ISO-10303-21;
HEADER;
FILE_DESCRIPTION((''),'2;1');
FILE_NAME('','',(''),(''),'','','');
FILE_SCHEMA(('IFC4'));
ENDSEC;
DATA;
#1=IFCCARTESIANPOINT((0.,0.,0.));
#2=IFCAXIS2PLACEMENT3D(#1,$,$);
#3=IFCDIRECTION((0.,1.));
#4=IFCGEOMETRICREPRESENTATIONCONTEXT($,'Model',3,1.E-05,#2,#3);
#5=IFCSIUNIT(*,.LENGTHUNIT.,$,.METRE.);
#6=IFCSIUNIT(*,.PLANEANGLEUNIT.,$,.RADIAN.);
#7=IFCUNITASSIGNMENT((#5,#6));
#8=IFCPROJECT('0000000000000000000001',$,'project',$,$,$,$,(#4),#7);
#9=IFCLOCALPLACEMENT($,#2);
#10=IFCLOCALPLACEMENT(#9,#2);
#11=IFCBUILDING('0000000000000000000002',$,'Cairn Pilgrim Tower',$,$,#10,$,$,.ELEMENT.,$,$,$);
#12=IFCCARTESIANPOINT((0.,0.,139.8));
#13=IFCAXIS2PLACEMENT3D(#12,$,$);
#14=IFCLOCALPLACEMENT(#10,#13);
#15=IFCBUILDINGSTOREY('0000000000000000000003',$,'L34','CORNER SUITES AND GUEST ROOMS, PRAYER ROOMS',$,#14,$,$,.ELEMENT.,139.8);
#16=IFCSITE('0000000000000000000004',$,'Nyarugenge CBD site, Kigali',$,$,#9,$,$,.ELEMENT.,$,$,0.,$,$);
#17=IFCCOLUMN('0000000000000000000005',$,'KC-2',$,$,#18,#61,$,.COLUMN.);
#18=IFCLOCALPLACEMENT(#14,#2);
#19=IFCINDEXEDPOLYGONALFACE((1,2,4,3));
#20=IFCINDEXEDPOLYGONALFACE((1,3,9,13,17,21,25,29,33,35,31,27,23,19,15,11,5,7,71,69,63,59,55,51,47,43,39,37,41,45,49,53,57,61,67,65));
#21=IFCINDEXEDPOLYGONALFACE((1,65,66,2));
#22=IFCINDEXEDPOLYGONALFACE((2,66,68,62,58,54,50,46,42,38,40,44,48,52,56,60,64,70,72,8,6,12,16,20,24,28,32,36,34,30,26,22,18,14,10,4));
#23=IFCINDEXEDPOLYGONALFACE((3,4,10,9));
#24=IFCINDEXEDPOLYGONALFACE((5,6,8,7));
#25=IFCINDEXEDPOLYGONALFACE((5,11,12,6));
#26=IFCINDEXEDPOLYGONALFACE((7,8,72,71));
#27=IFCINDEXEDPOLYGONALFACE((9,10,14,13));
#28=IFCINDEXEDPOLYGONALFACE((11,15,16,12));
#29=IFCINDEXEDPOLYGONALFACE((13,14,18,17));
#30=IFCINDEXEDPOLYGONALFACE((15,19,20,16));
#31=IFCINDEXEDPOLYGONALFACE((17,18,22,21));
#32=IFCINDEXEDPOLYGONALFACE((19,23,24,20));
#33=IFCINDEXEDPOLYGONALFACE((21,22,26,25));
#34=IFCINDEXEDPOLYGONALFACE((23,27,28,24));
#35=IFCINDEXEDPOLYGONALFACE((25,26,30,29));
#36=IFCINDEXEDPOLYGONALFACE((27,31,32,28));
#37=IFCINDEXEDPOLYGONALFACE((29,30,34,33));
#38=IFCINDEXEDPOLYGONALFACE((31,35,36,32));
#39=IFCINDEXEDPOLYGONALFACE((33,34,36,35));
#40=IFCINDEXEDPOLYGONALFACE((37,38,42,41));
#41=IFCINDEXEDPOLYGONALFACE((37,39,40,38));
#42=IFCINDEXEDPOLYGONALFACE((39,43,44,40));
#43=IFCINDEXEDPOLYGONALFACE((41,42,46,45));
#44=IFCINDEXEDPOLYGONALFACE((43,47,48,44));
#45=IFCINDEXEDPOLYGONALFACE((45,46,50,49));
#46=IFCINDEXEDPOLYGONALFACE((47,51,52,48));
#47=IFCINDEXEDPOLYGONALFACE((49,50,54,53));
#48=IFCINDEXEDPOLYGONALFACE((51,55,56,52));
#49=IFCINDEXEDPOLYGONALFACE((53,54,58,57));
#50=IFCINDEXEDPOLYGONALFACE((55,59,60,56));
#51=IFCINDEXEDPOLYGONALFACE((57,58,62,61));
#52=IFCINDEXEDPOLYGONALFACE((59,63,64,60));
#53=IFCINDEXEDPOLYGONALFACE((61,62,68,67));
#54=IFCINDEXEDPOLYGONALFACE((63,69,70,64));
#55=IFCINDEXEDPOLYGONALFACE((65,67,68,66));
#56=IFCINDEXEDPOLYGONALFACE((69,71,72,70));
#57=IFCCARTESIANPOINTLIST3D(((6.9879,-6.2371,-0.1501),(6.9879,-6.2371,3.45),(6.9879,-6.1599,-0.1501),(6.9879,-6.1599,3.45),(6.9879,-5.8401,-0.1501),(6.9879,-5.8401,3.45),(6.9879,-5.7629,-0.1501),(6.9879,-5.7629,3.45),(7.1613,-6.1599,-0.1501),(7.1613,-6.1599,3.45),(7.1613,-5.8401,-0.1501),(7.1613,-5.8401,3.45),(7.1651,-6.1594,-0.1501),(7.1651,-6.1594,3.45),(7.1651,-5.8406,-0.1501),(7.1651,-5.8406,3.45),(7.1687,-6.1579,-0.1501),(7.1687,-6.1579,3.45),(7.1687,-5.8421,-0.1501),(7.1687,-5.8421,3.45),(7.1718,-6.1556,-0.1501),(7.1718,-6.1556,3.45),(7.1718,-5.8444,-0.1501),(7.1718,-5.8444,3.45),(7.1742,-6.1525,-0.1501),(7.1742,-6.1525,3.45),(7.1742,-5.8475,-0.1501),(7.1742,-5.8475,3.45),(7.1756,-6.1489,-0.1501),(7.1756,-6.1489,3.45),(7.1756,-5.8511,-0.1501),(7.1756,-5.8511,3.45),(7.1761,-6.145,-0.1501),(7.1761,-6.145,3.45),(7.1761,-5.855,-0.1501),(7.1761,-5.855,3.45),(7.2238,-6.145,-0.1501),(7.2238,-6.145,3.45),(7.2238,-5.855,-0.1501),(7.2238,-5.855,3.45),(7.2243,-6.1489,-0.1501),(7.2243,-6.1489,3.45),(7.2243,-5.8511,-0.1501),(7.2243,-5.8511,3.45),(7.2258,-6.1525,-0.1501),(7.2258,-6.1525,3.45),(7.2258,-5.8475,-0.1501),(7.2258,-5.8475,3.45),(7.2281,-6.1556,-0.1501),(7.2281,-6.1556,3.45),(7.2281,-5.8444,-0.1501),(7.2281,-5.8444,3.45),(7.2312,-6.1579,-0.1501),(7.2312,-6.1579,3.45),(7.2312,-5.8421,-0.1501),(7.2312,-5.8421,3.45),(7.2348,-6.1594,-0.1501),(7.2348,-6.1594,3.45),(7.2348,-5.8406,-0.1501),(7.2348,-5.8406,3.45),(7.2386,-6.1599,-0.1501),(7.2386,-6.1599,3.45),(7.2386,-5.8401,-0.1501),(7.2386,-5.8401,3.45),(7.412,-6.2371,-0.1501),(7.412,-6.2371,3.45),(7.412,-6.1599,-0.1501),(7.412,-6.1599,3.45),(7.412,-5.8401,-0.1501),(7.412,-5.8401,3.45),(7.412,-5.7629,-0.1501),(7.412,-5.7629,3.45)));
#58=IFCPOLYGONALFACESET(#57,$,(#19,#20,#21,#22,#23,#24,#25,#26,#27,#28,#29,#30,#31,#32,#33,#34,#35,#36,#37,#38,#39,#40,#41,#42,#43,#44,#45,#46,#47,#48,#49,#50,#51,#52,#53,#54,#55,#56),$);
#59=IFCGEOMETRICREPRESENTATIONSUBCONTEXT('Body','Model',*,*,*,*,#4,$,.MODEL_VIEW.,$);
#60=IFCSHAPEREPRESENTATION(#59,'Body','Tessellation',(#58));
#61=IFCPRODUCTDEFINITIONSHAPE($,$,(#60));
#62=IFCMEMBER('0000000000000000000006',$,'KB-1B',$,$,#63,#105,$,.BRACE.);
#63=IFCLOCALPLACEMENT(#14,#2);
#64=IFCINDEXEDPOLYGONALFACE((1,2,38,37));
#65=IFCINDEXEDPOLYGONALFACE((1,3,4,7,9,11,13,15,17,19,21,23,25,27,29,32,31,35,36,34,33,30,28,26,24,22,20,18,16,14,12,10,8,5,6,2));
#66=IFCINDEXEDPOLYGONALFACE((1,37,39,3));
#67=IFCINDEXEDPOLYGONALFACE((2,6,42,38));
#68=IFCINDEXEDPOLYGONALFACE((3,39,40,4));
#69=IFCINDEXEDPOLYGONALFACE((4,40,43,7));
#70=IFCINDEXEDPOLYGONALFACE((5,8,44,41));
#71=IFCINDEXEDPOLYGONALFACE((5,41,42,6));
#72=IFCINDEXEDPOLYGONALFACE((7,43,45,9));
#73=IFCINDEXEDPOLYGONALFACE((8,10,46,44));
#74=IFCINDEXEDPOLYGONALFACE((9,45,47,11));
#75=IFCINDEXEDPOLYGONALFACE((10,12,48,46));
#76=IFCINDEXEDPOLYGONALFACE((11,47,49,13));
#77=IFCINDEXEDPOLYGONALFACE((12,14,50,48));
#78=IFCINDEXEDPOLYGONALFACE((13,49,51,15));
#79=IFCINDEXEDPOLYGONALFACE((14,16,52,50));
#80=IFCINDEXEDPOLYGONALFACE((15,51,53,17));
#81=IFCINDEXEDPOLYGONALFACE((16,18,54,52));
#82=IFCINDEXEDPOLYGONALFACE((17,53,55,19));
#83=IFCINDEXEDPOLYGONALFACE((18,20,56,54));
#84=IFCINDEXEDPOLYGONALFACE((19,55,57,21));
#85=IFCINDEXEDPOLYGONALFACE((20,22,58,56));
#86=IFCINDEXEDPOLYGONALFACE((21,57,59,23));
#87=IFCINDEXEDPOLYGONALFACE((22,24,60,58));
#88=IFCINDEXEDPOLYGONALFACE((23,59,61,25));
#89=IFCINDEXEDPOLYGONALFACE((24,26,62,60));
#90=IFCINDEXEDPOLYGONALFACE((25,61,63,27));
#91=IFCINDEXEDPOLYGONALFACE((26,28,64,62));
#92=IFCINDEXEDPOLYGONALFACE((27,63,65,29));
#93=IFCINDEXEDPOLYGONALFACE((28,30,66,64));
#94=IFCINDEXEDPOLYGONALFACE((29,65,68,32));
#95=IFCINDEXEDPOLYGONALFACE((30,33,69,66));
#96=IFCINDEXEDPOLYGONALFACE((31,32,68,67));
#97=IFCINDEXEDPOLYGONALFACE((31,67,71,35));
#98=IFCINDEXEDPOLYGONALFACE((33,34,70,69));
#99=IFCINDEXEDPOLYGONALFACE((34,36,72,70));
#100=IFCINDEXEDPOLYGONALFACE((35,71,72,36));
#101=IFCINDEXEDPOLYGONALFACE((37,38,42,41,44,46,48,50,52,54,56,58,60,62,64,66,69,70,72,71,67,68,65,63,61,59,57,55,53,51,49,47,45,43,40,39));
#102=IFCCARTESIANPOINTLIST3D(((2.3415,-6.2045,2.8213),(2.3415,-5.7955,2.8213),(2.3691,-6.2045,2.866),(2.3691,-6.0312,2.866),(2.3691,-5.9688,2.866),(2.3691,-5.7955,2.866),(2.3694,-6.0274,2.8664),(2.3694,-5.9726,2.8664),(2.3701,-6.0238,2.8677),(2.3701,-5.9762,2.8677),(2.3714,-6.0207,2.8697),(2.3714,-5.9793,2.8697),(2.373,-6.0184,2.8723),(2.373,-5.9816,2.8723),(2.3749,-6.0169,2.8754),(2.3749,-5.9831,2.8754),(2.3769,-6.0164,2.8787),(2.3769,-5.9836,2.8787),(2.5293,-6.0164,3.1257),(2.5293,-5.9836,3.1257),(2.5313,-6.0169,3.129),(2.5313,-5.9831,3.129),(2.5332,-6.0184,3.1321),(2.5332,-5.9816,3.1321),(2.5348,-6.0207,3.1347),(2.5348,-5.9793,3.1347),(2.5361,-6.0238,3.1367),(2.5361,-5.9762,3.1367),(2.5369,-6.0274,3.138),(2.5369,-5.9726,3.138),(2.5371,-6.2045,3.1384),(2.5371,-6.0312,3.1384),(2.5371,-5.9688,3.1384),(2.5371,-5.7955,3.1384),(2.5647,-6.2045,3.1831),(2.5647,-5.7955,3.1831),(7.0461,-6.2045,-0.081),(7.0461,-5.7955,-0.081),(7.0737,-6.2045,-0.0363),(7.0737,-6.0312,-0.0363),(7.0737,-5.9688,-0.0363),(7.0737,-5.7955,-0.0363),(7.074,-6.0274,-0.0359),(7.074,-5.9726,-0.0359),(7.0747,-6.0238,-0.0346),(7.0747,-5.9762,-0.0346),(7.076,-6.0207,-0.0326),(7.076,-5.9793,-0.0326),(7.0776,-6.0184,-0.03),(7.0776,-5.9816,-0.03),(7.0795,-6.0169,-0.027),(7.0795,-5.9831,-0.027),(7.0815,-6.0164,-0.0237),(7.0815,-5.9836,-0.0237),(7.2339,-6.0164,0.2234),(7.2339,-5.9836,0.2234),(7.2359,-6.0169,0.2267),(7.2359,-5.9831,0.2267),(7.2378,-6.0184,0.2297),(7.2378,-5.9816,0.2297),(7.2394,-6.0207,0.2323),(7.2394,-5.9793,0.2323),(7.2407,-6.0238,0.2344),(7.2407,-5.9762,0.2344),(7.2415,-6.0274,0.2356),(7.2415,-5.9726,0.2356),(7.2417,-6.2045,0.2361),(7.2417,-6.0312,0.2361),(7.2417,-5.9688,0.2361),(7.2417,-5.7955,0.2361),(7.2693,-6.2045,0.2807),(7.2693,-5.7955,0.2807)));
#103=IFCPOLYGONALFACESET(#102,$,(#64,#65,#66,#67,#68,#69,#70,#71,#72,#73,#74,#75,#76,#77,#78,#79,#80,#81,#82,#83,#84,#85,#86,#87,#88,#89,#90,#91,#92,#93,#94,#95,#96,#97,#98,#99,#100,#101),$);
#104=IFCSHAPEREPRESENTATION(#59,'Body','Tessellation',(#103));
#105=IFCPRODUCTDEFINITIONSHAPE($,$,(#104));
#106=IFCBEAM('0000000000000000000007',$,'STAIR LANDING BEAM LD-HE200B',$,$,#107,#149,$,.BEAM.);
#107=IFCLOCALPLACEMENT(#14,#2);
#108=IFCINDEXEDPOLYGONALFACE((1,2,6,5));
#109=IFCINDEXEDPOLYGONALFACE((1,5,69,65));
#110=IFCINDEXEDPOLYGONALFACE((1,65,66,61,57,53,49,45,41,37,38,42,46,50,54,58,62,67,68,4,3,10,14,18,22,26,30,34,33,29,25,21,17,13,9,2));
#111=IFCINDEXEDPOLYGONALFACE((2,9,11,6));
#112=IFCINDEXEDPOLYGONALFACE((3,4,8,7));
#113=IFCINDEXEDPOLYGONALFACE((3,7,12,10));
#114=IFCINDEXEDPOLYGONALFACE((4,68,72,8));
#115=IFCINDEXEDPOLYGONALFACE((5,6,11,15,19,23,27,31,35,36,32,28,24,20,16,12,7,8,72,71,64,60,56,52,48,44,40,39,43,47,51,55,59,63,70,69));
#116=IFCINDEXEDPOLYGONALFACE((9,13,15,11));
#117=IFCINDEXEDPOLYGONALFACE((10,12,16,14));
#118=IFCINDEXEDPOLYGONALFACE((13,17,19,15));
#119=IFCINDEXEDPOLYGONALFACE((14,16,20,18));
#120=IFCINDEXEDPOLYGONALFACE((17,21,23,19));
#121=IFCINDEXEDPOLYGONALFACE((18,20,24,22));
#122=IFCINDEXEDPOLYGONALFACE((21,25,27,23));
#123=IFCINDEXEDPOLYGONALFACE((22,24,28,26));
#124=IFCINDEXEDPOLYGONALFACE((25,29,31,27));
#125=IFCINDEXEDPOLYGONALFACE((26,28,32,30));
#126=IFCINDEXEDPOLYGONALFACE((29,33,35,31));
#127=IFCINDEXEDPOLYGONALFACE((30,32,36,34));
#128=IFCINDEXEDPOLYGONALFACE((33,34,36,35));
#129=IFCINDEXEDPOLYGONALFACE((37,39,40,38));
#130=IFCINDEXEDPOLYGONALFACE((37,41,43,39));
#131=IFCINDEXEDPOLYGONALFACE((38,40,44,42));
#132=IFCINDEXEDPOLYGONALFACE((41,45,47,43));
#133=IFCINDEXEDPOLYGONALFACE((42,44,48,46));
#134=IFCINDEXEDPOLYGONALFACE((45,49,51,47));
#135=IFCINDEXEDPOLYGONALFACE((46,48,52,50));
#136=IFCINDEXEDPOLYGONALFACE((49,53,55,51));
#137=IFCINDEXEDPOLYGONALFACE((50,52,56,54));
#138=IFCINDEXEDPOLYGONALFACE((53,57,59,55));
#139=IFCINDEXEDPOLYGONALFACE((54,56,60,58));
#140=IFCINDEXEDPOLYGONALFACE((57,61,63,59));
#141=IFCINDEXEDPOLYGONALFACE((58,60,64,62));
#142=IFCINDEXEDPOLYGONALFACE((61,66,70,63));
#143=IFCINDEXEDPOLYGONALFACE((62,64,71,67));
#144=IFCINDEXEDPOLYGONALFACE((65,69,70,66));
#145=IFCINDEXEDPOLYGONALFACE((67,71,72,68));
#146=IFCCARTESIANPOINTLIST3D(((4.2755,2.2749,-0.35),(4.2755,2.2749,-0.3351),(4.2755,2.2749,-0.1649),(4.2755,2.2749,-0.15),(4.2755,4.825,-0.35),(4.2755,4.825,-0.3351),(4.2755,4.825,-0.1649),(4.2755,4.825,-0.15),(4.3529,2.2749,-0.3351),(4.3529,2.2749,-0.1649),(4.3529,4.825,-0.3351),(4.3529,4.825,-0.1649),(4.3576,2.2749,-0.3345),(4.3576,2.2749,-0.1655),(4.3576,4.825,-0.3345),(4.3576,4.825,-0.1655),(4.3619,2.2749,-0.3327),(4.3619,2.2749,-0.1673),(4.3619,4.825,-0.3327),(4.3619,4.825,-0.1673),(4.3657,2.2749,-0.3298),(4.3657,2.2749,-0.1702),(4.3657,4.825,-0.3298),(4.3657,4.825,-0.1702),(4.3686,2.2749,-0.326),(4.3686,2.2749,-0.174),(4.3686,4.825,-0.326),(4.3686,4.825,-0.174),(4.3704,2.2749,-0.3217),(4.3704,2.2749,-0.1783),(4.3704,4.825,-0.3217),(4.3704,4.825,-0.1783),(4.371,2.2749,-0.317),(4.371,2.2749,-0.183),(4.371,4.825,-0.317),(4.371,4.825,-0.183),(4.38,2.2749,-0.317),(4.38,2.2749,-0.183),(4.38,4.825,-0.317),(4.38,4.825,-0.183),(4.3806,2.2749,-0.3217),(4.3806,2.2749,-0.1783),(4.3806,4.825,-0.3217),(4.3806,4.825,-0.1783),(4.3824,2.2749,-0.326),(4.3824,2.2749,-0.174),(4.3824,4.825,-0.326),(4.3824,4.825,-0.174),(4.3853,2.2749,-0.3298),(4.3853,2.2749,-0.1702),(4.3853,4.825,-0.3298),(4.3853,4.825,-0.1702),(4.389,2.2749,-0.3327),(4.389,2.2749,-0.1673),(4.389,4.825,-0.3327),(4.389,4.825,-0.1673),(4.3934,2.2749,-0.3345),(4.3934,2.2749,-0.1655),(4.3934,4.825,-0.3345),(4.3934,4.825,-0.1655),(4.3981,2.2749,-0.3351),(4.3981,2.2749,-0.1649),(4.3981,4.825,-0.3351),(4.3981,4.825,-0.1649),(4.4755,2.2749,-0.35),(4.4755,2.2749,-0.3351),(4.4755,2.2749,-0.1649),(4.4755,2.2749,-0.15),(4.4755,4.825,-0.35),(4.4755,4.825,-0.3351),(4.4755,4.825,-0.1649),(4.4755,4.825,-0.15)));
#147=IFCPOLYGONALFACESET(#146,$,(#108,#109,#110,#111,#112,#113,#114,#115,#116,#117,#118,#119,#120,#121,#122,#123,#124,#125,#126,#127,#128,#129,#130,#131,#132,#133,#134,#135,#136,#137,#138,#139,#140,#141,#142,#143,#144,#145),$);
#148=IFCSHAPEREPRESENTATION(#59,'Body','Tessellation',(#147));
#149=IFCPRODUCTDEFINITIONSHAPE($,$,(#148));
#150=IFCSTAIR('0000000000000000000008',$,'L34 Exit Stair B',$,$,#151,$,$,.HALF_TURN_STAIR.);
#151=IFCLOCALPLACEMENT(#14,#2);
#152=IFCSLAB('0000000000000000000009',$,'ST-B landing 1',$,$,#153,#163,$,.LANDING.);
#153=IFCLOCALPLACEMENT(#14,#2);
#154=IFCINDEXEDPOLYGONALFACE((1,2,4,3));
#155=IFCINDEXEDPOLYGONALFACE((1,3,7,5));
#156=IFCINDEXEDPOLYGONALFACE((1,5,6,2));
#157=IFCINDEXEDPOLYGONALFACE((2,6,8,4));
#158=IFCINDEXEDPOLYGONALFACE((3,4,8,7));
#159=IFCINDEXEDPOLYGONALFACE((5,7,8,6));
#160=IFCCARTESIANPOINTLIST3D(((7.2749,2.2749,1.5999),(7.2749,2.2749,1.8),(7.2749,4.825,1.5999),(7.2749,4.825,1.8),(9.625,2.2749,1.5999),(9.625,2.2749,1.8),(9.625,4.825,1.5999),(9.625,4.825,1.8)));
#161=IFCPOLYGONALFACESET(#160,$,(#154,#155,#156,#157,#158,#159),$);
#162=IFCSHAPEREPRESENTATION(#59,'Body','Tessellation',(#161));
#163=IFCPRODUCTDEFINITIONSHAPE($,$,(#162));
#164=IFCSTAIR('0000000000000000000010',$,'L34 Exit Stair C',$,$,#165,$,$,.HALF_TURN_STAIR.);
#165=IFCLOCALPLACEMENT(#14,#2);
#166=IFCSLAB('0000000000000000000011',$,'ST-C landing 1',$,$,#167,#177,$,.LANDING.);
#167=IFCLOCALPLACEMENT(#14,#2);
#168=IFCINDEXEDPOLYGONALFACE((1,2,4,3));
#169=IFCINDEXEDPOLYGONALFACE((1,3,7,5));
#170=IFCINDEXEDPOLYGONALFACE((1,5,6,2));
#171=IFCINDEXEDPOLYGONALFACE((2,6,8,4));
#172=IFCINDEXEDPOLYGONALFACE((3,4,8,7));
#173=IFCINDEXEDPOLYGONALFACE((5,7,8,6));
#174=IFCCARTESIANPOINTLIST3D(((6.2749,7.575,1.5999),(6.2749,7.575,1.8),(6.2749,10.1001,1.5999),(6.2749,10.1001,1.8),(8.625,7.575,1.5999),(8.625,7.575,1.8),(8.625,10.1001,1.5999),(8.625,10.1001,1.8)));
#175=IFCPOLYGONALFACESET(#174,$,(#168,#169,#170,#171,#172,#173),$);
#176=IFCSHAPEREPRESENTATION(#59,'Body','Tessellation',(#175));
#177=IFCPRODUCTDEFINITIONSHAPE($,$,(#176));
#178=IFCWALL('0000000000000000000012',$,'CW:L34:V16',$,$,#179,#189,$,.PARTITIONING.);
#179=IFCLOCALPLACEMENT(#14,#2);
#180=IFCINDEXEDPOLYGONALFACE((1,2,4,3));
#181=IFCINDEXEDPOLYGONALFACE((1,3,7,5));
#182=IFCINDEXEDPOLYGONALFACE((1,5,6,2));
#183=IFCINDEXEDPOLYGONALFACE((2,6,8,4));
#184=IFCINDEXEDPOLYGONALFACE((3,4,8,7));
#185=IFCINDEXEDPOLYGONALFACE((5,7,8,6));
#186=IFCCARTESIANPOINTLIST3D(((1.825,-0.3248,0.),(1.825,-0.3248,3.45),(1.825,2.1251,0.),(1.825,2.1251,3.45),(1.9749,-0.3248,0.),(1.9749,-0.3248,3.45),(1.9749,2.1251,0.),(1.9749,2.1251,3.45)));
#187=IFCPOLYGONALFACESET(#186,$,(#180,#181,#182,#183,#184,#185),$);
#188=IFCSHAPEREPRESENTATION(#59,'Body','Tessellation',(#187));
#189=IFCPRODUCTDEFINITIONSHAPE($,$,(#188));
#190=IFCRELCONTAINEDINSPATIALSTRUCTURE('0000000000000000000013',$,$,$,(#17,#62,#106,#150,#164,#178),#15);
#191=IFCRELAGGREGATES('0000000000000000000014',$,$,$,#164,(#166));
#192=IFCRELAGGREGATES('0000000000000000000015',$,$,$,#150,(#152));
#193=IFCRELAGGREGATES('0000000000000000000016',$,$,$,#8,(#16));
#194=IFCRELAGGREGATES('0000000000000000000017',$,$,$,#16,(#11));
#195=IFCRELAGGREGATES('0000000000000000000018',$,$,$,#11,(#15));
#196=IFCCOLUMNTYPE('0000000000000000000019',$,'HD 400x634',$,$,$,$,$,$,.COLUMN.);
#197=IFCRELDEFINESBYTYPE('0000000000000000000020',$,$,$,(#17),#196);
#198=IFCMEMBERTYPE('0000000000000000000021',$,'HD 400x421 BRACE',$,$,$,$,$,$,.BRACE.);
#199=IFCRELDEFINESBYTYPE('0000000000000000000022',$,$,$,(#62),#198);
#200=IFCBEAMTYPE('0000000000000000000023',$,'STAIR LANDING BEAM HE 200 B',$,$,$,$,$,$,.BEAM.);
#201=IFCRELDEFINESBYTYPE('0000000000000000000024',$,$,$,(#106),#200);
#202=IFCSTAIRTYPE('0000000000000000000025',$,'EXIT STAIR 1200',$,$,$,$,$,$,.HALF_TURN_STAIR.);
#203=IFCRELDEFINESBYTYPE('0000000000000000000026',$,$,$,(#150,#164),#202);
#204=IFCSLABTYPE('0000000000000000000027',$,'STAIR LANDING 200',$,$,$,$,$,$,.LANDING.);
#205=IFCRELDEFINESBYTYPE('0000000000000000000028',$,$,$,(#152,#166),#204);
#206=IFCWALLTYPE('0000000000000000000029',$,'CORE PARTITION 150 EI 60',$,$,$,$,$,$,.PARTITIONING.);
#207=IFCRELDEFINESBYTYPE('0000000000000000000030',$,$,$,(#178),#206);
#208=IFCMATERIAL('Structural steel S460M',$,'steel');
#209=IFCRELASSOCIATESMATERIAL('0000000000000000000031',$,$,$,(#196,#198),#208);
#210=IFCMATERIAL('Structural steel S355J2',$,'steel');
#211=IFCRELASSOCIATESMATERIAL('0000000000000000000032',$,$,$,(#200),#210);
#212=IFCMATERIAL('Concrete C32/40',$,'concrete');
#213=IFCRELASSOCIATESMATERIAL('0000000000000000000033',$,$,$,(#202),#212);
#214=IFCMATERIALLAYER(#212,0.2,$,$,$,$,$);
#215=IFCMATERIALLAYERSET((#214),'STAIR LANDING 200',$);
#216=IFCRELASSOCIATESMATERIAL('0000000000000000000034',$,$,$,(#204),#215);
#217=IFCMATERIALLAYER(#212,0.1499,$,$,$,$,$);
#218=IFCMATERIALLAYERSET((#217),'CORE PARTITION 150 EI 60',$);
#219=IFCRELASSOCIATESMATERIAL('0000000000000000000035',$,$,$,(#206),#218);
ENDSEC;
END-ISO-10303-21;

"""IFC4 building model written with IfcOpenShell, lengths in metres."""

from ifc_helpers import new_model, si_unit, direction, frame, frame_2d, origin, origin_2d, place, context, subcontext, project, spatial, polyline, rectangle, i_section, outline, extrude, material, layer, layer_set, material_profile, profile_set, type_object, element, aggregate, save


model = new_model("IFC4")

# Units and contexts
model_context = context("Model", 3, precision=1e-05, world=origin(), true_north=direction((0.0, 1.0)))
body_context = subcontext(model_context, "Body", "Model", "MODEL_VIEW")
ifc_project = project(units=[si_unit("LENGTHUNIT", "METRE"), si_unit("PLANEANGLEUNIT", "RADIAN")], contexts=[model_context])

# Site, building, storey
site_placement = place(None, origin())
site = spatial("IfcSite", under=ifc_project, at=site_placement, Name="Nyarugenge CBD site, Kigali", CompositionType="ELEMENT", RefElevation=0.0)
building_placement = place(site_placement, origin())
building = spatial("IfcBuilding", under=site, at=building_placement, Name="Cairn Pilgrim Tower", CompositionType="ELEMENT")
storey_placement = place(building_placement, frame((0.0, 0.0, 139.8)))
storey = spatial("IfcBuildingStorey", under=building, at=storey_placement, Name="L34", Description="CORNER SUITES AND GUEST ROOMS, PRAYER ROOMS", CompositionType="ELEMENT", Elevation=139.8)

# Column
ifc_material_1 = material(Name="Structural steel S460M", Category="steel")
ifc_material_profile_1 = material_profile(ifc_material_1, i_section(OverallWidth=0.4241, OverallDepth=0.4741, WebThickness=0.0476, FlangeThickness=0.0771, FilletRadius=0.0149, at=origin_2d()), Name="HD 400x634")
ifc_profile_set_1 = profile_set([ifc_material_profile_1], Name="Structural steel S460M")
column_type = type_object("IfcColumnType", Name="HD 400x634", PredefinedType="COLUMN", material=ifc_profile_set_1)
column_placement = place(storey_placement, frame((7.2, -6.0, -0.1501), z_axis=(0.0, 0.0, 1.0), x_axis=(1.0, 0.0, 0.0)))
element("IfcColumn", 1, at=column_placement, inside=storey, type_object=column_type, Name="KC-2", PredefinedType="COLUMN", context=body_context, shape_type="SweptSolid", body=[
    extrude(i_section(OverallWidth=0.4241, OverallDepth=0.4741, WebThickness=0.0476, FlangeThickness=0.0771, FilletRadius=0.0149, at=origin_2d()), origin(), (0.0, 0.0, 1.0), 3.6001),
])

# Member
ifc_material_profile_2 = material_profile(ifc_material_1, i_section(OverallWidth=0.4089, OverallDepth=0.425, WebThickness=0.0327, FlangeThickness=0.0525, FilletRadius=0.0149, at=origin_2d()), Name="HD 400x421")
ifc_profile_set_2 = profile_set([ifc_material_profile_2], Name="Structural steel S460M")
member_type = type_object("IfcMemberType", Name="HD 400x421 BRACE", PredefinedType="BRACE", material=ifc_profile_set_2)
member_placement = place(storey_placement, frame((7.1577, -6.0, 0.0999), z_axis=(-0.851075, 0.0, 0.525043), x_axis=(0.0, -1.0, 0.0)))
element("IfcMember", 2, at=member_placement, inside=storey, type_object=member_type, Name="KB-1B", PredefinedType="BRACE", context=body_context, shape_type="SweptSolid", body=[
    extrude(i_section(OverallWidth=0.4089, OverallDepth=0.425, WebThickness=0.0327, FlangeThickness=0.0525, FilletRadius=0.0149, at=origin_2d()), origin(), (0.0, 0.0, 1.0), 5.5278),
])

# Beam
ifc_material_2 = material(Name="Structural steel S355J2", Category="steel")
ifc_material_profile_3 = material_profile(ifc_material_2, i_section(OverallWidth=0.2, OverallDepth=0.2, WebThickness=0.009, FlangeThickness=0.0149, FilletRadius=0.0181, at=origin_2d()), Name="HE 200 B")
ifc_profile_set_3 = profile_set([ifc_material_profile_3], Name="Structural steel S355J2")
beam_type = type_object("IfcBeamType", Name="STAIR LANDING BEAM HE 200 B", PredefinedType="BEAM", material=ifc_profile_set_3)
beam_placement = place(storey_placement, frame((4.3755, 2.2749, -0.25), z_axis=(0.0, 1.0, 0.0), x_axis=(-1.0, 0.0, 0.0)))
element("IfcBeam", 3, at=beam_placement, inside=storey, type_object=beam_type, Name="STAIR LANDING BEAM LD-HE200B", PredefinedType="BEAM", context=body_context, shape_type="SweptSolid", body=[
    extrude(i_section(OverallWidth=0.2, OverallDepth=0.2, WebThickness=0.009, FlangeThickness=0.0149, FilletRadius=0.0181, at=origin_2d()), origin(), (0.0, 0.0, 1.0), 2.55),
])

# Stairs, slabs
ifc_material_3 = material(Name="Concrete C32/40", Category="concrete")
stair_type = type_object("IfcStairType", Name="EXIT STAIR 1200", PredefinedType="HALF_TURN_STAIR", material=ifc_material_3)
stair_1_placement = place(storey_placement, origin())
stair_1 = element("IfcStair", 4, at=stair_1_placement, inside=storey, type_object=stair_type, Name="L34 Exit Stair B", PredefinedType="HALF_TURN_STAIR")
ifc_layer_1 = layer(ifc_material_3, 0.2)
ifc_layer_set_1 = layer_set([ifc_layer_1], Name="STAIR LANDING 200")
slab_type = type_object("IfcSlabType", Name="STAIR LANDING 200", PredefinedType="LANDING", material=ifc_layer_set_1)
slab_1_placement = place(storey_placement, frame((0.0, 0.0, 1.5999)))
slab_1 = element("IfcSlab", 5, at=slab_1_placement, type_object=slab_type, Name="ST-B landing 1", PredefinedType="LANDING", context=body_context, shape_type="SweptSolid", body=[
    extrude(outline(polyline([(7.2749, 2.2749), (9.625, 2.2749), (9.625, 4.825), (7.2749, 4.825), (7.2749, 2.2749)])), origin(), (0.0, 0.0, 1.0), 0.2002),
])
stair_2_placement = place(storey_placement, origin())
stair_2 = element("IfcStair", 6, at=stair_2_placement, inside=storey, type_object=stair_type, Name="L34 Exit Stair C", PredefinedType="HALF_TURN_STAIR")
slab_2_placement = place(storey_placement, frame((0.0, 0.0, 1.5999)))
slab_2 = element("IfcSlab", 7, at=slab_2_placement, type_object=slab_type, Name="ST-C landing 1", PredefinedType="LANDING", context=body_context, shape_type="SweptSolid", body=[
    extrude(outline(polyline([(8.625, 10.1001), (6.2749, 10.1001), (6.2749, 7.575), (8.625, 7.575), (8.625, 10.1001)])), origin(), (0.0, 0.0, 1.0), 0.2002),
])
aggregate(stair_2, [slab_2])

# Wall
ifc_layer_2 = layer(ifc_material_3, 0.1499)
ifc_layer_set_2 = layer_set([ifc_layer_2], Name="CORE PARTITION 150 EI 60")
wall_type_1 = type_object("IfcWallType", Name="CORE PARTITION 150 EI 60", PredefinedType="PARTITIONING", material=ifc_layer_set_2)
wall_1_placement = place(storey_placement, frame((1.8999, -0.325, 0.0), z_axis=(0.0, 0.0, 1.0), x_axis=(0.0, 1.0, 0.0)))
element("IfcWall", 8, at=wall_1_placement, inside=storey, type_object=wall_type_1, Name="CW:L34:V16", PredefinedType="PARTITIONING", context=body_context, shape_type="SweptSolid", body=[
    extrude(rectangle(XDim=2.45, YDim=0.1499, at=frame_2d((1.2251, 0.0))), origin(), (0.0, 0.0, 1.0), 3.45),
])

aggregate(stair_1, [slab_1])

save(model, "model.ifc")
